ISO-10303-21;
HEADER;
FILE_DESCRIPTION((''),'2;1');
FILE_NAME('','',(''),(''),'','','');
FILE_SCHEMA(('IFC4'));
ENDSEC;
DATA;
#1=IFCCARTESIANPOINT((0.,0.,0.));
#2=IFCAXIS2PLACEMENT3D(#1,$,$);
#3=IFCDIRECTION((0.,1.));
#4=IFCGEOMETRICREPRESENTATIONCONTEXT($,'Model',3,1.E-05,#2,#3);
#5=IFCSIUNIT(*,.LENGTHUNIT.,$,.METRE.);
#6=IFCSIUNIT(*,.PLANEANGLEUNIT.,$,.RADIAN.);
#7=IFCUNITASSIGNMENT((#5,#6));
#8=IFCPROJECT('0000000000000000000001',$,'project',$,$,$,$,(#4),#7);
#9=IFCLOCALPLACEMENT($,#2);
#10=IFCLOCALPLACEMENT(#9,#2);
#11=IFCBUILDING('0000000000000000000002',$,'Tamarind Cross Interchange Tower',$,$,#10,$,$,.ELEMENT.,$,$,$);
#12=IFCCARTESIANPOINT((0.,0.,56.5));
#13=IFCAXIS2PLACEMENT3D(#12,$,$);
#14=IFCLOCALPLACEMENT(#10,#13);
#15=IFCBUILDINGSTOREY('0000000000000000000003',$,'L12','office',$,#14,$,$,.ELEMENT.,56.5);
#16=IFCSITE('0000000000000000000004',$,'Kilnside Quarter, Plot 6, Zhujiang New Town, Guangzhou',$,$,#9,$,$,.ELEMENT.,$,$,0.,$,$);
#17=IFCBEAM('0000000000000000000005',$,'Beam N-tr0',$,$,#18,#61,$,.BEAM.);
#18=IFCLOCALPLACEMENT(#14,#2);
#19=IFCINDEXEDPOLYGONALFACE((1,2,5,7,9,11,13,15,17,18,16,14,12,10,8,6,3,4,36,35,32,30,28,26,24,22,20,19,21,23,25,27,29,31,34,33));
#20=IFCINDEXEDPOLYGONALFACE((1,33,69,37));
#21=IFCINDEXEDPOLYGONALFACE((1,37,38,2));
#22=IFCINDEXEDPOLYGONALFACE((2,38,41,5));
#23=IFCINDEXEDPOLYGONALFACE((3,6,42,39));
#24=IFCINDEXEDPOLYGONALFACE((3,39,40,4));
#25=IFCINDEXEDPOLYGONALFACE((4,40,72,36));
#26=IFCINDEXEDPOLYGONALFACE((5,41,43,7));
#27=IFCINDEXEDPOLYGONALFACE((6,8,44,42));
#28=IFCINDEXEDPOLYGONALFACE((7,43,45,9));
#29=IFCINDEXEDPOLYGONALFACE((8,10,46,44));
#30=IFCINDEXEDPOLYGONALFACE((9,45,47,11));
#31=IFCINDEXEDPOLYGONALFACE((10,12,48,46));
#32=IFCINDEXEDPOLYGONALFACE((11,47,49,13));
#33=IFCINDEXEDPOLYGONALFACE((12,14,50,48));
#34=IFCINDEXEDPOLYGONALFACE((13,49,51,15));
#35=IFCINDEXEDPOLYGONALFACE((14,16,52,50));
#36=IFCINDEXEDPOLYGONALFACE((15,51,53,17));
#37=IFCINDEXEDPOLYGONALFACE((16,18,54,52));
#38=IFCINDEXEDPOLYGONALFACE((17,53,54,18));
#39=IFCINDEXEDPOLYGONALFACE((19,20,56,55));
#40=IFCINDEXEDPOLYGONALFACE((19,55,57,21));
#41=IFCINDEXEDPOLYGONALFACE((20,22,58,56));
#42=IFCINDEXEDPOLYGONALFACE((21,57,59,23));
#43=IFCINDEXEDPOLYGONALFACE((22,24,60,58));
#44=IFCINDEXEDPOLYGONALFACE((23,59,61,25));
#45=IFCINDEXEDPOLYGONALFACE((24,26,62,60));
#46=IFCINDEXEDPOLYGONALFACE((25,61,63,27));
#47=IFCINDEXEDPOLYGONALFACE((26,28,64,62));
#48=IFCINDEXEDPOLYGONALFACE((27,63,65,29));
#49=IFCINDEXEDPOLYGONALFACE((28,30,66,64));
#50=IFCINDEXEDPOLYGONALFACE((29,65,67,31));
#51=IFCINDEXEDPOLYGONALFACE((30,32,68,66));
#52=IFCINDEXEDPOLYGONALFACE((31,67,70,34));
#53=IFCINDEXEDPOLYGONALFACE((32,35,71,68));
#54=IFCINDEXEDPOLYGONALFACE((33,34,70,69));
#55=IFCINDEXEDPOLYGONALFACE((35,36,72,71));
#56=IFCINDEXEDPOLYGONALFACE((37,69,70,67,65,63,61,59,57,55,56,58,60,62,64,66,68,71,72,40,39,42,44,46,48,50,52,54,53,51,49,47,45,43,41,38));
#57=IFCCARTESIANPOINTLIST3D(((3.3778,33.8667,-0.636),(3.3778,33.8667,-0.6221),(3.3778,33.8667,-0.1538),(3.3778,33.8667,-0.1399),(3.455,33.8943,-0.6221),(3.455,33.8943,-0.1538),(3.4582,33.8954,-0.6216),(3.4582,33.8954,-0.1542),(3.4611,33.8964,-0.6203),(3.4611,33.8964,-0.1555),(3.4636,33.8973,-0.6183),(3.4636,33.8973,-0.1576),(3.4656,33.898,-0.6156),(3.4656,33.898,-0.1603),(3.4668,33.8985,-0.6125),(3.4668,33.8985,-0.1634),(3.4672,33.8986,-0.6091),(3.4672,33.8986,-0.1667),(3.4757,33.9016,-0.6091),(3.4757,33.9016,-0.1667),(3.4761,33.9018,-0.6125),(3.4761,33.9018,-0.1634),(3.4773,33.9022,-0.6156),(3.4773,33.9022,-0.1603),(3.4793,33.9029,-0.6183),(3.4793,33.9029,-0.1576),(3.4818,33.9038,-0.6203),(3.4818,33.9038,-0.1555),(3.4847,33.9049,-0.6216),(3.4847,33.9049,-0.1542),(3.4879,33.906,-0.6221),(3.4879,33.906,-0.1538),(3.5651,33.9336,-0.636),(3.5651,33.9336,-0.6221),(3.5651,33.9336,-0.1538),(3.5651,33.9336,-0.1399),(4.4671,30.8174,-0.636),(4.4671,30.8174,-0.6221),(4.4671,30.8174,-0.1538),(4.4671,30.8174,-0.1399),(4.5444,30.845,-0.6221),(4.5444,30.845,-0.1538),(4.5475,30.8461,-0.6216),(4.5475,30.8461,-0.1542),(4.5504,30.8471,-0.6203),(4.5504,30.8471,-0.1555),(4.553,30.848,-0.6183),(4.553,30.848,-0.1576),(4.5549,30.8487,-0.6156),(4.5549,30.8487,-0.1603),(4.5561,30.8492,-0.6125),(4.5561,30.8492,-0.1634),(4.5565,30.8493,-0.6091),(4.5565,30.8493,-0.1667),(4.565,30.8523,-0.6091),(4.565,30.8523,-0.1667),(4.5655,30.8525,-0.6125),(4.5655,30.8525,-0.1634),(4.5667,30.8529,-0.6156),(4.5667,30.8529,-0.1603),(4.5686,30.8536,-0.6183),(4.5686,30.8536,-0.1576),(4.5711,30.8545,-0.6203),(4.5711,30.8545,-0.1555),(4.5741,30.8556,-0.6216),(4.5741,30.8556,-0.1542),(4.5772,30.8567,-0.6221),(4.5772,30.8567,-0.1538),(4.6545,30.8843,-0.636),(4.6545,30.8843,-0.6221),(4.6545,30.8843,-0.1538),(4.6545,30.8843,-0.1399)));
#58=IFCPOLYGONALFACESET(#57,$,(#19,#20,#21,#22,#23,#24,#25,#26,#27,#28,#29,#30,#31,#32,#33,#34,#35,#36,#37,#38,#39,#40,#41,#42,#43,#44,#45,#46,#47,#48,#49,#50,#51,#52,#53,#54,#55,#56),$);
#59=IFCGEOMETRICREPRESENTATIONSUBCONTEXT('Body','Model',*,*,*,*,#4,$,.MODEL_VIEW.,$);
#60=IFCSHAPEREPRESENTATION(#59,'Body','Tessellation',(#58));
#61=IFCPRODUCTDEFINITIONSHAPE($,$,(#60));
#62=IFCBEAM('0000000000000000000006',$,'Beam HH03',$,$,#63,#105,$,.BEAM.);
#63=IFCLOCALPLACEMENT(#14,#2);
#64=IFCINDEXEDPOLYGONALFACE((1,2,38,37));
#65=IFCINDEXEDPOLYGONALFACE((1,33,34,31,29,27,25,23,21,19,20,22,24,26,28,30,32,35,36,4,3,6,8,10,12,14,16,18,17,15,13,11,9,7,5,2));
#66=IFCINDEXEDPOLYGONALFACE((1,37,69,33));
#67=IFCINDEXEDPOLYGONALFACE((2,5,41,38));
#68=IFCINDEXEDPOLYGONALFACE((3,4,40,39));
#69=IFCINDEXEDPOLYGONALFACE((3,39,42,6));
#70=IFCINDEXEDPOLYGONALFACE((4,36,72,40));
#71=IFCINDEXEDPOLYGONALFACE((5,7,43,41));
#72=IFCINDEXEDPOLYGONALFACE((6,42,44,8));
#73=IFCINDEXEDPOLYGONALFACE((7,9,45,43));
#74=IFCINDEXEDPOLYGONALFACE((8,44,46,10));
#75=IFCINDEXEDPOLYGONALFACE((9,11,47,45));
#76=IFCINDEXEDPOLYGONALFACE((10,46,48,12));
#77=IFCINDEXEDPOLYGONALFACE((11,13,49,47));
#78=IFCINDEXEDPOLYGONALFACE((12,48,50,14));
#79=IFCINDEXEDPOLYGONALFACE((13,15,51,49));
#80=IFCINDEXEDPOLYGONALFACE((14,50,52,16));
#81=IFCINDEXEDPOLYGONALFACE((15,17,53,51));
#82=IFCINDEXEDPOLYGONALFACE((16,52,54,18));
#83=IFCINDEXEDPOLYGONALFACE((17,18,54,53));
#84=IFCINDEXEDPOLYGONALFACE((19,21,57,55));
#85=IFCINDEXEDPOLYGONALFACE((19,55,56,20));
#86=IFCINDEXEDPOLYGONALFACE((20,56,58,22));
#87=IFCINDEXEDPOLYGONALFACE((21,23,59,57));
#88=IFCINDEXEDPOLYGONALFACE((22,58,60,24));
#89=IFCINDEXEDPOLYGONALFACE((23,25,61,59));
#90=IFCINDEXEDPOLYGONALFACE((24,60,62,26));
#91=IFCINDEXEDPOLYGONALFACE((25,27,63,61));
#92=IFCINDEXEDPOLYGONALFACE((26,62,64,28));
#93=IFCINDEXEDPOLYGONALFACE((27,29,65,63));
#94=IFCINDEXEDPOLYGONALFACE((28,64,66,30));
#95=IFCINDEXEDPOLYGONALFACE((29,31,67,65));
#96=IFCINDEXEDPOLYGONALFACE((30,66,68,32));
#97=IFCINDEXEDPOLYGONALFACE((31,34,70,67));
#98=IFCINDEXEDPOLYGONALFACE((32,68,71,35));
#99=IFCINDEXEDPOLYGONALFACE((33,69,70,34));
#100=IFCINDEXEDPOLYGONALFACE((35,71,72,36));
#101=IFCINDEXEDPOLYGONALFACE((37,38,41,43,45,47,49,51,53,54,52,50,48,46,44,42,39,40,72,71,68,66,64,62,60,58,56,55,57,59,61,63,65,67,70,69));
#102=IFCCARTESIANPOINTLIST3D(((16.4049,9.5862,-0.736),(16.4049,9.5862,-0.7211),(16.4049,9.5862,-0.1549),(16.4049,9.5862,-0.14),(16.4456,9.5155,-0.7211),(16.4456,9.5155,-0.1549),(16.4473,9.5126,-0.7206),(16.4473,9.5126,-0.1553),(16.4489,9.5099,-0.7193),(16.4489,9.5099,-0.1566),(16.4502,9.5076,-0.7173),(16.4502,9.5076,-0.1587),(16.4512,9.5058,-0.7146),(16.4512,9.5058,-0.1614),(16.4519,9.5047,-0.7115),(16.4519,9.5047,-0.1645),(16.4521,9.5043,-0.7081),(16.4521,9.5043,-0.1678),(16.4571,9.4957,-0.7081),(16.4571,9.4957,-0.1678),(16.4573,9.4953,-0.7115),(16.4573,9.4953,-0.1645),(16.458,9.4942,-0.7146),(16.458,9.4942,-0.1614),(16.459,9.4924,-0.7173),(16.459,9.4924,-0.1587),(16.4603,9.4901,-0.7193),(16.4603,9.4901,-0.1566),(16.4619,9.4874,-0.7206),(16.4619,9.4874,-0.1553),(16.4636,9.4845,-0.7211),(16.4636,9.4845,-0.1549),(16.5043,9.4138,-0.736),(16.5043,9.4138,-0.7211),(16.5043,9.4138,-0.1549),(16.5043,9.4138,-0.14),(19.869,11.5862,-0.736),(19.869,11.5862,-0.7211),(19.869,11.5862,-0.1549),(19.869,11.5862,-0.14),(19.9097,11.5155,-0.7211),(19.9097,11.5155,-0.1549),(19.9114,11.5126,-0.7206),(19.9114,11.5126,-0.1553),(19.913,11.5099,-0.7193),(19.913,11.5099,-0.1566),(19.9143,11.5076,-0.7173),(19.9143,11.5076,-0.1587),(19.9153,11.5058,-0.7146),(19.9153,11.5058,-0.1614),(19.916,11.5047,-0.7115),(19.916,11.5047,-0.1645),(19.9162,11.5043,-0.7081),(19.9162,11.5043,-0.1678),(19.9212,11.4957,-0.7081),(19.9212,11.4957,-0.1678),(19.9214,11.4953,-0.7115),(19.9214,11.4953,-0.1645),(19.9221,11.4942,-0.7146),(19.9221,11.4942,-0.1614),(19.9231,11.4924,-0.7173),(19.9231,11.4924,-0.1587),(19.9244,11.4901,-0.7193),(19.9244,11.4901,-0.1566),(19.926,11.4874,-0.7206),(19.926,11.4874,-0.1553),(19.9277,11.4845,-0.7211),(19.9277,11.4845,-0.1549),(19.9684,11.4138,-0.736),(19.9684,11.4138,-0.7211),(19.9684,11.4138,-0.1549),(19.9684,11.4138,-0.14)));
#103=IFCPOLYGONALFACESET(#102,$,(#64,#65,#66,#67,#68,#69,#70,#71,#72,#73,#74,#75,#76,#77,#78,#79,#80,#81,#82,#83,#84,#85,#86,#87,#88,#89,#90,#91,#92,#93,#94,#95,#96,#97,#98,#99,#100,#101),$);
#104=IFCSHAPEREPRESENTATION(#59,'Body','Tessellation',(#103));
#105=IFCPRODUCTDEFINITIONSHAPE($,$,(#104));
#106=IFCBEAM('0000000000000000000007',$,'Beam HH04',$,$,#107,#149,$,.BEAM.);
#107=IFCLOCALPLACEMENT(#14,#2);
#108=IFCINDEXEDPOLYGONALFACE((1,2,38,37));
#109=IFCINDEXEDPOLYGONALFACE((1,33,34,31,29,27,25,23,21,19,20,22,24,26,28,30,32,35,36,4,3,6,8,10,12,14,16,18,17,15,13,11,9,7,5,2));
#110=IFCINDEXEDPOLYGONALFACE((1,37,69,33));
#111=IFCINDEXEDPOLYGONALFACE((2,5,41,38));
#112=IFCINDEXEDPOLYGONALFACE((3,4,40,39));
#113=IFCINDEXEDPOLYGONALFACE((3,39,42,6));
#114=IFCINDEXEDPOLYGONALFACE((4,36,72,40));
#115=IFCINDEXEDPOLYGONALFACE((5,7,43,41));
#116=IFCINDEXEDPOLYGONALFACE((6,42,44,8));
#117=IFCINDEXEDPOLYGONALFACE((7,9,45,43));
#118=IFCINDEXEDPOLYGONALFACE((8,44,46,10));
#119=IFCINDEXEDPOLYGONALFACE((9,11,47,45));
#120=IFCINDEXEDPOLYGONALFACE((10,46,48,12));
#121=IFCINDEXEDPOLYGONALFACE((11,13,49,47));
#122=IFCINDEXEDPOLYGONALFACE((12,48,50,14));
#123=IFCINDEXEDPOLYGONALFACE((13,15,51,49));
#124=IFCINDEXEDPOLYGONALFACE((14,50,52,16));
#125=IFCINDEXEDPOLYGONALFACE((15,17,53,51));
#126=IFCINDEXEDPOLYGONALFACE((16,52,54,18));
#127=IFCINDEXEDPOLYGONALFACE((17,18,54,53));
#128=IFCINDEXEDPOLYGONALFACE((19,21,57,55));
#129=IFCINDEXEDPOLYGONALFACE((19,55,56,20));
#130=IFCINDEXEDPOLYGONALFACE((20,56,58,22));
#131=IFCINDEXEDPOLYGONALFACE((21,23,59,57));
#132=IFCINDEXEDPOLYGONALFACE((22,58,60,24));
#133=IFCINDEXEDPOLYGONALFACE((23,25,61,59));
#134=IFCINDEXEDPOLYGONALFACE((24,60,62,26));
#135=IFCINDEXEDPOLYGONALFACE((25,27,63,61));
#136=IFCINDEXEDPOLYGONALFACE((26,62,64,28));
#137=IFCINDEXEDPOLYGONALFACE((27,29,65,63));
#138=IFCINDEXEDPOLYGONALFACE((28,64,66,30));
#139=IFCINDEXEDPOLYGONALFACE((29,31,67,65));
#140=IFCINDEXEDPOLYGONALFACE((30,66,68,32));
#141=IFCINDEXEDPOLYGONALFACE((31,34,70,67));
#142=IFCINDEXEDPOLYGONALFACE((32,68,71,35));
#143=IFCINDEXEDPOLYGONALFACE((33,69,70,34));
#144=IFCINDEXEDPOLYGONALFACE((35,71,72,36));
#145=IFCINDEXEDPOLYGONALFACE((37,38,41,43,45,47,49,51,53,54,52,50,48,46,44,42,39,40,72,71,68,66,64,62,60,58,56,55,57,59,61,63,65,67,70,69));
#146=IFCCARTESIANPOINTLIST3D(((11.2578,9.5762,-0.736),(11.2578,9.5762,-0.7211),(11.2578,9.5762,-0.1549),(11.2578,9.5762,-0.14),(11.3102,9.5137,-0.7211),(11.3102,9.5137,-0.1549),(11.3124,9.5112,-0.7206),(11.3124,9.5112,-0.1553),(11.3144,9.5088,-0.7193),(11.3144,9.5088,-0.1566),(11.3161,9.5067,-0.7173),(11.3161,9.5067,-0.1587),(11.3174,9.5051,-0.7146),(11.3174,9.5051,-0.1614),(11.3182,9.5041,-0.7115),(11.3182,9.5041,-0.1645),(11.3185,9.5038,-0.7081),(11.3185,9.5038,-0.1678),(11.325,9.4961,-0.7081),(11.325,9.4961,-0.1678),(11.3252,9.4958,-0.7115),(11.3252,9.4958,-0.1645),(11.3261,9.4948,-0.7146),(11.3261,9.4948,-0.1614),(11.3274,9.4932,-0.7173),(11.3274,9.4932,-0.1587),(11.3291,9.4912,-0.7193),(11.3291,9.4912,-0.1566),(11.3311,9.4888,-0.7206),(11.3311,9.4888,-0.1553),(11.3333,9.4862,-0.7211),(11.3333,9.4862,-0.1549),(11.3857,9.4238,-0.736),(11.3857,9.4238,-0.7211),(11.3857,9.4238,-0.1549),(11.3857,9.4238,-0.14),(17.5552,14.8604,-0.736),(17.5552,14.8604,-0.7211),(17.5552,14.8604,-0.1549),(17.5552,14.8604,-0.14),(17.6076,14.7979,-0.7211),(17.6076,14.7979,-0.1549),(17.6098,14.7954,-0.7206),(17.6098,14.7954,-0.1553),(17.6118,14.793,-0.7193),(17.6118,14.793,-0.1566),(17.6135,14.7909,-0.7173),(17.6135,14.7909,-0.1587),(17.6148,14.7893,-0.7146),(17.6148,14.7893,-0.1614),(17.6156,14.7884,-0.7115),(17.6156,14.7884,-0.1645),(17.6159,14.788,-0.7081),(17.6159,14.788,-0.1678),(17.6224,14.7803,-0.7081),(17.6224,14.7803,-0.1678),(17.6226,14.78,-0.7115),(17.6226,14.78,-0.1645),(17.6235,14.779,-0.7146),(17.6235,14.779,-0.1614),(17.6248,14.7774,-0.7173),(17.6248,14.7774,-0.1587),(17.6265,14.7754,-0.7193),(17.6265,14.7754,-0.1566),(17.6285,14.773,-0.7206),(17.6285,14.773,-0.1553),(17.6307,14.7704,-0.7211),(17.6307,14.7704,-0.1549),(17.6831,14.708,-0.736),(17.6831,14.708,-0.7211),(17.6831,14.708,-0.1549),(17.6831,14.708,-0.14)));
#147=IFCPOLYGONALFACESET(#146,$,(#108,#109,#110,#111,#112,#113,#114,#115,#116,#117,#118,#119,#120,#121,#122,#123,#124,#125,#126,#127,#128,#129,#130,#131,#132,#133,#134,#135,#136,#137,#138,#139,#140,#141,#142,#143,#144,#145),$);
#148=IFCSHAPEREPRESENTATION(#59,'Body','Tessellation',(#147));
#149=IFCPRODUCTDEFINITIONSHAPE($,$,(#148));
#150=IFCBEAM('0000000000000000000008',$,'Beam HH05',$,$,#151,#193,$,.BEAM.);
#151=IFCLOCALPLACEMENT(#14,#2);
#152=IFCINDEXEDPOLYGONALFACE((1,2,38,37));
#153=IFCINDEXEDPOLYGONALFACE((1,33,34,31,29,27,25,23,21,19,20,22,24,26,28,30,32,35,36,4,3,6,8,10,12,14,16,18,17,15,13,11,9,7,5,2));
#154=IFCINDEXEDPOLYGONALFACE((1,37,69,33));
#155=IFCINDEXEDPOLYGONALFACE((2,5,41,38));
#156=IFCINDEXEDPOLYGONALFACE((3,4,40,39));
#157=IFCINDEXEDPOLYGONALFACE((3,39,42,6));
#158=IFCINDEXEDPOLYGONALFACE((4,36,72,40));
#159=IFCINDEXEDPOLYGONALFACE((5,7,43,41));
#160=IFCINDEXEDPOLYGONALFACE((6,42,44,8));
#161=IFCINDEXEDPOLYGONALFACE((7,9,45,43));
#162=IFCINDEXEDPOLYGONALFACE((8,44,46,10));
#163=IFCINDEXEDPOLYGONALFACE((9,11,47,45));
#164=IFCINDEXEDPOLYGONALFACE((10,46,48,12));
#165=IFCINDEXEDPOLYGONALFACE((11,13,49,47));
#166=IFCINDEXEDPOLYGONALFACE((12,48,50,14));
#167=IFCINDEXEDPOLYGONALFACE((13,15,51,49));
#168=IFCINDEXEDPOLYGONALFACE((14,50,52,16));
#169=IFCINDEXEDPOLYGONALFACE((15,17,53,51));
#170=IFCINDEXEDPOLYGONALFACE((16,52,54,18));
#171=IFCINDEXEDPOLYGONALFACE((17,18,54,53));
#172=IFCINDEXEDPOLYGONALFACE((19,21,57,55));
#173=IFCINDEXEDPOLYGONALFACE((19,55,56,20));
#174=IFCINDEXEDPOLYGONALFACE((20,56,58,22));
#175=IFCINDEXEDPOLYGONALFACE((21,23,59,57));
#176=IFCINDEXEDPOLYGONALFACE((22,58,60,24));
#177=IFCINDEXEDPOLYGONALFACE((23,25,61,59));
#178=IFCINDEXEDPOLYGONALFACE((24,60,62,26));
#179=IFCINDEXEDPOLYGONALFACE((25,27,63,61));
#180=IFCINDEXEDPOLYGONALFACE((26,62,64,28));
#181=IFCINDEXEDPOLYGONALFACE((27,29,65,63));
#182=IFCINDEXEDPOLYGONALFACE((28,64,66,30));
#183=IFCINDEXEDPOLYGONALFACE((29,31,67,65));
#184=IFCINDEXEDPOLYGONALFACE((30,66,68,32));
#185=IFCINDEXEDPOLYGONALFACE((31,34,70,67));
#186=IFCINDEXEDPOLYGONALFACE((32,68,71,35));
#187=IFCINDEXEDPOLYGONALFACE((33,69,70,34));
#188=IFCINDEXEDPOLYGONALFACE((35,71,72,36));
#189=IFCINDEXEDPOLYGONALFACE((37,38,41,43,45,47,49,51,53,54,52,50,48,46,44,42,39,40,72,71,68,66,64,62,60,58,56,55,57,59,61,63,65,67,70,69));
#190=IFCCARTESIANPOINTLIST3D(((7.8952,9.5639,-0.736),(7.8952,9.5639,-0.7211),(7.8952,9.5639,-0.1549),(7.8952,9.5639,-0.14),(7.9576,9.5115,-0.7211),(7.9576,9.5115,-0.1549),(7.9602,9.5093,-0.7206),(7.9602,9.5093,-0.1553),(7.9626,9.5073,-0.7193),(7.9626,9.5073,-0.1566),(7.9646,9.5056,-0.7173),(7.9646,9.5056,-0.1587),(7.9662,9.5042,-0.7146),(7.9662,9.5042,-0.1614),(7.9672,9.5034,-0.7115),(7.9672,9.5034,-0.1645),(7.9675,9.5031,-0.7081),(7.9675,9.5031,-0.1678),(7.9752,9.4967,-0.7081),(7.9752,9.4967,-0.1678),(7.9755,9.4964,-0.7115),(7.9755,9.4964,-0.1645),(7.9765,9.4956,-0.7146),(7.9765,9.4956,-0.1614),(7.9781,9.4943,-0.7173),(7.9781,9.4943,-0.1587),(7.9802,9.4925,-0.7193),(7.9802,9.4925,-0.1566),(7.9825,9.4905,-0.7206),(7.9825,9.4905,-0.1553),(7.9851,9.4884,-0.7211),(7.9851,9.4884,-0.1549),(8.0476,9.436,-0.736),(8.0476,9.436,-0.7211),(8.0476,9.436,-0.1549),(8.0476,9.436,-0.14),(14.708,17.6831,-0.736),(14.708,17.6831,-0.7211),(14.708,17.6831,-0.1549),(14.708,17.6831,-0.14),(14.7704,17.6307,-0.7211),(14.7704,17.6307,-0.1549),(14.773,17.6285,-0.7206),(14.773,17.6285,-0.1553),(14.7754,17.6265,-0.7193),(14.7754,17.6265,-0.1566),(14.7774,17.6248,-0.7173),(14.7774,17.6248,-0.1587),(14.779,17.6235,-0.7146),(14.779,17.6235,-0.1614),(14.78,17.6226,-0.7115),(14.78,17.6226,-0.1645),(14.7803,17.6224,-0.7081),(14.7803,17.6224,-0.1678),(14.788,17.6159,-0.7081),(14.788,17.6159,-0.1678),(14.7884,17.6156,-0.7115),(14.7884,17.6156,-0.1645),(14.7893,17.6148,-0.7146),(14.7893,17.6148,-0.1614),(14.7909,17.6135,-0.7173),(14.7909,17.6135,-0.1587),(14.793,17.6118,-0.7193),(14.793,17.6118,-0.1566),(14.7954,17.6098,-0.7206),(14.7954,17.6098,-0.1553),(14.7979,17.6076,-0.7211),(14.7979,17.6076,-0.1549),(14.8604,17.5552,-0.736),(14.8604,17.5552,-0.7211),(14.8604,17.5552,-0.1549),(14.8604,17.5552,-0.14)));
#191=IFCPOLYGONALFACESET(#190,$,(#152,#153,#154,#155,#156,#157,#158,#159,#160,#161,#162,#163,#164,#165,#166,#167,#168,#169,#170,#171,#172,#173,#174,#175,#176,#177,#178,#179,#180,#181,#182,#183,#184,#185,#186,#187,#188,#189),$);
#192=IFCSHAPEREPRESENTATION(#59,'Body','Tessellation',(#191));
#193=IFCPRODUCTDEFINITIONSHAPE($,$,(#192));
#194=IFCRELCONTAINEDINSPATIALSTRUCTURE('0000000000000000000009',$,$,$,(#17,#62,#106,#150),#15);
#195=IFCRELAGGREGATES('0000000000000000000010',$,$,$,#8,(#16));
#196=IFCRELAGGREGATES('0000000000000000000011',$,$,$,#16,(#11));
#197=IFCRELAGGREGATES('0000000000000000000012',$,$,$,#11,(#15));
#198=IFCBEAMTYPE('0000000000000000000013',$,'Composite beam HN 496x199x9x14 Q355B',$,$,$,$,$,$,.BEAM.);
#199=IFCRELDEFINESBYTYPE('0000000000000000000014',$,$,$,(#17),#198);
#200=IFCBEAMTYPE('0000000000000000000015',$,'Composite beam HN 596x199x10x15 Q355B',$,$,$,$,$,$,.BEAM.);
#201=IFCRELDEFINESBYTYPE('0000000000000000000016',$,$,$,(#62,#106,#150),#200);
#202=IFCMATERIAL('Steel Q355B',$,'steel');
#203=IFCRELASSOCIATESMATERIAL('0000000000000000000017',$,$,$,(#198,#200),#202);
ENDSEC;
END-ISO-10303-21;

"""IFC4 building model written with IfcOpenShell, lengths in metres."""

from ifc_helpers import new_model, si_unit, direction, frame, origin, origin_2d, place, context, subcontext, project, spatial, i_section, extrude, material, material_profile, profile_set, type_object, element, save


model = new_model("IFC4")

# Units and contexts
model_context = context("Model", 3, precision=1e-05, world=origin(), true_north=direction((0.0, 1.0)))
body_context = subcontext(model_context, "Body", "Model", "MODEL_VIEW")
ifc_project = project(units=[si_unit("LENGTHUNIT", "METRE"), si_unit("PLANEANGLEUNIT", "RADIAN")], contexts=[model_context])

# Site, building, storey
site_placement = place(None, origin())
site = spatial("IfcSite", under=ifc_project, at=site_placement, Name="Kilnside Quarter, Plot 6, Zhujiang New Town, Guangzhou", CompositionType="ELEMENT", RefElevation=0.0)
building_placement = place(site_placement, origin())
building = spatial("IfcBuilding", under=site, at=building_placement, Name="Tamarind Cross Interchange Tower", CompositionType="ELEMENT")
storey_placement = place(building_placement, frame((0.0, 0.0, 56.5)))
storey = spatial("IfcBuildingStorey", under=building, at=storey_placement, Name="L12", Description="office", CompositionType="ELEMENT", Elevation=56.5)

# Beams
ifc_material_1 = material(Name="Steel Q355B", Category="steel")
ifc_material_profile_1 = material_profile(ifc_material_1, i_section(OverallWidth=0.199, OverallDepth=0.4961, WebThickness=0.009, FlangeThickness=0.0139, FilletRadius=0.0129, at=origin_2d()), Name="HN 496x199x9x14")
ifc_profile_set_1 = profile_set([ifc_material_profile_1], Name="Steel Q355B")
beam_type_1 = type_object("IfcBeamType", Name="Composite beam HN 496x199x9x14 Q355B", PredefinedType="BEAM", material=ifc_profile_set_1)
beam_1_placement = place(storey_placement, frame((4.5608, 30.8508, -0.3879), z_axis=(-0.336422, 0.941711, 0.0), x_axis=(-0.941711, -0.336422, 0.0)))
element("IfcBeam", 1, at=beam_1_placement, inside=storey, type_object=beam_type_1, Name="Beam N-tr0", PredefinedType="BEAM", context=body_context, shape_type="SweptSolid", body=[
    extrude(i_section(OverallWidth=0.199, OverallDepth=0.4961, WebThickness=0.009, FlangeThickness=0.0139, FilletRadius=0.0129, at=origin_2d()), origin(), (0.0, 0.0, 1.0), 3.238),
])
ifc_material_profile_2 = material_profile(ifc_material_1, i_section(OverallWidth=0.199, OverallDepth=0.5959, WebThickness=0.01, FlangeThickness=0.0149, FilletRadius=0.0129, at=origin_2d()), Name="HN 596x199x10x15")
ifc_profile_set_2 = profile_set([ifc_material_profile_2], Name="Steel Q355B")
beam_type_2 = type_object("IfcBeamType", Name="Composite beam HN 596x199x10x15 Q355B", PredefinedType="BEAM", material=ifc_profile_set_2)
beam_2_placement = place(storey_placement, frame((19.9187, 11.5, -0.438), z_axis=(-0.866026, -0.499999, 0.0), x_axis=(0.499999, -0.866026, 0.0)))
element("IfcBeam", 2, at=beam_2_placement, inside=storey, type_object=beam_type_2, Name="Beam HH03", PredefinedType="BEAM", context=body_context, shape_type="SweptSolid", body=[
    extrude(i_section(OverallWidth=0.199, OverallDepth=0.5959, WebThickness=0.01, FlangeThickness=0.0149, FilletRadius=0.0129, at=origin_2d()), origin(), (0.0, 0.0, 1.0), 4.0),
])
beam_3_placement = place(storey_placement, frame((17.6191, 14.7842, -0.438), z_axis=(-0.766041, -0.642792, 0.0), x_axis=(0.642792, -0.766041, 0.0)))
element("IfcBeam", 3, at=beam_3_placement, inside=storey, type_object=beam_type_2, Name="Beam HH04", PredefinedType="BEAM", context=body_context, shape_type="SweptSolid", body=[
    extrude(i_section(OverallWidth=0.199, OverallDepth=0.5959, WebThickness=0.01, FlangeThickness=0.0149, FilletRadius=0.0129, at=origin_2d()), origin(), (0.0, 0.0, 1.0), 8.2207),
])
beam_4_placement = place(storey_placement, frame((14.7842, 17.6191, -0.438), z_axis=(-0.642786, -0.766046, 0.0), x_axis=(0.766046, -0.642786, 0.0)))
element("IfcBeam", 4, at=beam_4_placement, inside=storey, type_object=beam_type_2, Name="Beam HH05", PredefinedType="BEAM", context=body_context, shape_type="SweptSolid", body=[
    extrude(i_section(OverallWidth=0.199, OverallDepth=0.5959, WebThickness=0.01, FlangeThickness=0.0149, FilletRadius=0.0129, at=origin_2d()), origin(), (0.0, 0.0, 1.0), 10.5989),
])

save(model, "model.ifc")
